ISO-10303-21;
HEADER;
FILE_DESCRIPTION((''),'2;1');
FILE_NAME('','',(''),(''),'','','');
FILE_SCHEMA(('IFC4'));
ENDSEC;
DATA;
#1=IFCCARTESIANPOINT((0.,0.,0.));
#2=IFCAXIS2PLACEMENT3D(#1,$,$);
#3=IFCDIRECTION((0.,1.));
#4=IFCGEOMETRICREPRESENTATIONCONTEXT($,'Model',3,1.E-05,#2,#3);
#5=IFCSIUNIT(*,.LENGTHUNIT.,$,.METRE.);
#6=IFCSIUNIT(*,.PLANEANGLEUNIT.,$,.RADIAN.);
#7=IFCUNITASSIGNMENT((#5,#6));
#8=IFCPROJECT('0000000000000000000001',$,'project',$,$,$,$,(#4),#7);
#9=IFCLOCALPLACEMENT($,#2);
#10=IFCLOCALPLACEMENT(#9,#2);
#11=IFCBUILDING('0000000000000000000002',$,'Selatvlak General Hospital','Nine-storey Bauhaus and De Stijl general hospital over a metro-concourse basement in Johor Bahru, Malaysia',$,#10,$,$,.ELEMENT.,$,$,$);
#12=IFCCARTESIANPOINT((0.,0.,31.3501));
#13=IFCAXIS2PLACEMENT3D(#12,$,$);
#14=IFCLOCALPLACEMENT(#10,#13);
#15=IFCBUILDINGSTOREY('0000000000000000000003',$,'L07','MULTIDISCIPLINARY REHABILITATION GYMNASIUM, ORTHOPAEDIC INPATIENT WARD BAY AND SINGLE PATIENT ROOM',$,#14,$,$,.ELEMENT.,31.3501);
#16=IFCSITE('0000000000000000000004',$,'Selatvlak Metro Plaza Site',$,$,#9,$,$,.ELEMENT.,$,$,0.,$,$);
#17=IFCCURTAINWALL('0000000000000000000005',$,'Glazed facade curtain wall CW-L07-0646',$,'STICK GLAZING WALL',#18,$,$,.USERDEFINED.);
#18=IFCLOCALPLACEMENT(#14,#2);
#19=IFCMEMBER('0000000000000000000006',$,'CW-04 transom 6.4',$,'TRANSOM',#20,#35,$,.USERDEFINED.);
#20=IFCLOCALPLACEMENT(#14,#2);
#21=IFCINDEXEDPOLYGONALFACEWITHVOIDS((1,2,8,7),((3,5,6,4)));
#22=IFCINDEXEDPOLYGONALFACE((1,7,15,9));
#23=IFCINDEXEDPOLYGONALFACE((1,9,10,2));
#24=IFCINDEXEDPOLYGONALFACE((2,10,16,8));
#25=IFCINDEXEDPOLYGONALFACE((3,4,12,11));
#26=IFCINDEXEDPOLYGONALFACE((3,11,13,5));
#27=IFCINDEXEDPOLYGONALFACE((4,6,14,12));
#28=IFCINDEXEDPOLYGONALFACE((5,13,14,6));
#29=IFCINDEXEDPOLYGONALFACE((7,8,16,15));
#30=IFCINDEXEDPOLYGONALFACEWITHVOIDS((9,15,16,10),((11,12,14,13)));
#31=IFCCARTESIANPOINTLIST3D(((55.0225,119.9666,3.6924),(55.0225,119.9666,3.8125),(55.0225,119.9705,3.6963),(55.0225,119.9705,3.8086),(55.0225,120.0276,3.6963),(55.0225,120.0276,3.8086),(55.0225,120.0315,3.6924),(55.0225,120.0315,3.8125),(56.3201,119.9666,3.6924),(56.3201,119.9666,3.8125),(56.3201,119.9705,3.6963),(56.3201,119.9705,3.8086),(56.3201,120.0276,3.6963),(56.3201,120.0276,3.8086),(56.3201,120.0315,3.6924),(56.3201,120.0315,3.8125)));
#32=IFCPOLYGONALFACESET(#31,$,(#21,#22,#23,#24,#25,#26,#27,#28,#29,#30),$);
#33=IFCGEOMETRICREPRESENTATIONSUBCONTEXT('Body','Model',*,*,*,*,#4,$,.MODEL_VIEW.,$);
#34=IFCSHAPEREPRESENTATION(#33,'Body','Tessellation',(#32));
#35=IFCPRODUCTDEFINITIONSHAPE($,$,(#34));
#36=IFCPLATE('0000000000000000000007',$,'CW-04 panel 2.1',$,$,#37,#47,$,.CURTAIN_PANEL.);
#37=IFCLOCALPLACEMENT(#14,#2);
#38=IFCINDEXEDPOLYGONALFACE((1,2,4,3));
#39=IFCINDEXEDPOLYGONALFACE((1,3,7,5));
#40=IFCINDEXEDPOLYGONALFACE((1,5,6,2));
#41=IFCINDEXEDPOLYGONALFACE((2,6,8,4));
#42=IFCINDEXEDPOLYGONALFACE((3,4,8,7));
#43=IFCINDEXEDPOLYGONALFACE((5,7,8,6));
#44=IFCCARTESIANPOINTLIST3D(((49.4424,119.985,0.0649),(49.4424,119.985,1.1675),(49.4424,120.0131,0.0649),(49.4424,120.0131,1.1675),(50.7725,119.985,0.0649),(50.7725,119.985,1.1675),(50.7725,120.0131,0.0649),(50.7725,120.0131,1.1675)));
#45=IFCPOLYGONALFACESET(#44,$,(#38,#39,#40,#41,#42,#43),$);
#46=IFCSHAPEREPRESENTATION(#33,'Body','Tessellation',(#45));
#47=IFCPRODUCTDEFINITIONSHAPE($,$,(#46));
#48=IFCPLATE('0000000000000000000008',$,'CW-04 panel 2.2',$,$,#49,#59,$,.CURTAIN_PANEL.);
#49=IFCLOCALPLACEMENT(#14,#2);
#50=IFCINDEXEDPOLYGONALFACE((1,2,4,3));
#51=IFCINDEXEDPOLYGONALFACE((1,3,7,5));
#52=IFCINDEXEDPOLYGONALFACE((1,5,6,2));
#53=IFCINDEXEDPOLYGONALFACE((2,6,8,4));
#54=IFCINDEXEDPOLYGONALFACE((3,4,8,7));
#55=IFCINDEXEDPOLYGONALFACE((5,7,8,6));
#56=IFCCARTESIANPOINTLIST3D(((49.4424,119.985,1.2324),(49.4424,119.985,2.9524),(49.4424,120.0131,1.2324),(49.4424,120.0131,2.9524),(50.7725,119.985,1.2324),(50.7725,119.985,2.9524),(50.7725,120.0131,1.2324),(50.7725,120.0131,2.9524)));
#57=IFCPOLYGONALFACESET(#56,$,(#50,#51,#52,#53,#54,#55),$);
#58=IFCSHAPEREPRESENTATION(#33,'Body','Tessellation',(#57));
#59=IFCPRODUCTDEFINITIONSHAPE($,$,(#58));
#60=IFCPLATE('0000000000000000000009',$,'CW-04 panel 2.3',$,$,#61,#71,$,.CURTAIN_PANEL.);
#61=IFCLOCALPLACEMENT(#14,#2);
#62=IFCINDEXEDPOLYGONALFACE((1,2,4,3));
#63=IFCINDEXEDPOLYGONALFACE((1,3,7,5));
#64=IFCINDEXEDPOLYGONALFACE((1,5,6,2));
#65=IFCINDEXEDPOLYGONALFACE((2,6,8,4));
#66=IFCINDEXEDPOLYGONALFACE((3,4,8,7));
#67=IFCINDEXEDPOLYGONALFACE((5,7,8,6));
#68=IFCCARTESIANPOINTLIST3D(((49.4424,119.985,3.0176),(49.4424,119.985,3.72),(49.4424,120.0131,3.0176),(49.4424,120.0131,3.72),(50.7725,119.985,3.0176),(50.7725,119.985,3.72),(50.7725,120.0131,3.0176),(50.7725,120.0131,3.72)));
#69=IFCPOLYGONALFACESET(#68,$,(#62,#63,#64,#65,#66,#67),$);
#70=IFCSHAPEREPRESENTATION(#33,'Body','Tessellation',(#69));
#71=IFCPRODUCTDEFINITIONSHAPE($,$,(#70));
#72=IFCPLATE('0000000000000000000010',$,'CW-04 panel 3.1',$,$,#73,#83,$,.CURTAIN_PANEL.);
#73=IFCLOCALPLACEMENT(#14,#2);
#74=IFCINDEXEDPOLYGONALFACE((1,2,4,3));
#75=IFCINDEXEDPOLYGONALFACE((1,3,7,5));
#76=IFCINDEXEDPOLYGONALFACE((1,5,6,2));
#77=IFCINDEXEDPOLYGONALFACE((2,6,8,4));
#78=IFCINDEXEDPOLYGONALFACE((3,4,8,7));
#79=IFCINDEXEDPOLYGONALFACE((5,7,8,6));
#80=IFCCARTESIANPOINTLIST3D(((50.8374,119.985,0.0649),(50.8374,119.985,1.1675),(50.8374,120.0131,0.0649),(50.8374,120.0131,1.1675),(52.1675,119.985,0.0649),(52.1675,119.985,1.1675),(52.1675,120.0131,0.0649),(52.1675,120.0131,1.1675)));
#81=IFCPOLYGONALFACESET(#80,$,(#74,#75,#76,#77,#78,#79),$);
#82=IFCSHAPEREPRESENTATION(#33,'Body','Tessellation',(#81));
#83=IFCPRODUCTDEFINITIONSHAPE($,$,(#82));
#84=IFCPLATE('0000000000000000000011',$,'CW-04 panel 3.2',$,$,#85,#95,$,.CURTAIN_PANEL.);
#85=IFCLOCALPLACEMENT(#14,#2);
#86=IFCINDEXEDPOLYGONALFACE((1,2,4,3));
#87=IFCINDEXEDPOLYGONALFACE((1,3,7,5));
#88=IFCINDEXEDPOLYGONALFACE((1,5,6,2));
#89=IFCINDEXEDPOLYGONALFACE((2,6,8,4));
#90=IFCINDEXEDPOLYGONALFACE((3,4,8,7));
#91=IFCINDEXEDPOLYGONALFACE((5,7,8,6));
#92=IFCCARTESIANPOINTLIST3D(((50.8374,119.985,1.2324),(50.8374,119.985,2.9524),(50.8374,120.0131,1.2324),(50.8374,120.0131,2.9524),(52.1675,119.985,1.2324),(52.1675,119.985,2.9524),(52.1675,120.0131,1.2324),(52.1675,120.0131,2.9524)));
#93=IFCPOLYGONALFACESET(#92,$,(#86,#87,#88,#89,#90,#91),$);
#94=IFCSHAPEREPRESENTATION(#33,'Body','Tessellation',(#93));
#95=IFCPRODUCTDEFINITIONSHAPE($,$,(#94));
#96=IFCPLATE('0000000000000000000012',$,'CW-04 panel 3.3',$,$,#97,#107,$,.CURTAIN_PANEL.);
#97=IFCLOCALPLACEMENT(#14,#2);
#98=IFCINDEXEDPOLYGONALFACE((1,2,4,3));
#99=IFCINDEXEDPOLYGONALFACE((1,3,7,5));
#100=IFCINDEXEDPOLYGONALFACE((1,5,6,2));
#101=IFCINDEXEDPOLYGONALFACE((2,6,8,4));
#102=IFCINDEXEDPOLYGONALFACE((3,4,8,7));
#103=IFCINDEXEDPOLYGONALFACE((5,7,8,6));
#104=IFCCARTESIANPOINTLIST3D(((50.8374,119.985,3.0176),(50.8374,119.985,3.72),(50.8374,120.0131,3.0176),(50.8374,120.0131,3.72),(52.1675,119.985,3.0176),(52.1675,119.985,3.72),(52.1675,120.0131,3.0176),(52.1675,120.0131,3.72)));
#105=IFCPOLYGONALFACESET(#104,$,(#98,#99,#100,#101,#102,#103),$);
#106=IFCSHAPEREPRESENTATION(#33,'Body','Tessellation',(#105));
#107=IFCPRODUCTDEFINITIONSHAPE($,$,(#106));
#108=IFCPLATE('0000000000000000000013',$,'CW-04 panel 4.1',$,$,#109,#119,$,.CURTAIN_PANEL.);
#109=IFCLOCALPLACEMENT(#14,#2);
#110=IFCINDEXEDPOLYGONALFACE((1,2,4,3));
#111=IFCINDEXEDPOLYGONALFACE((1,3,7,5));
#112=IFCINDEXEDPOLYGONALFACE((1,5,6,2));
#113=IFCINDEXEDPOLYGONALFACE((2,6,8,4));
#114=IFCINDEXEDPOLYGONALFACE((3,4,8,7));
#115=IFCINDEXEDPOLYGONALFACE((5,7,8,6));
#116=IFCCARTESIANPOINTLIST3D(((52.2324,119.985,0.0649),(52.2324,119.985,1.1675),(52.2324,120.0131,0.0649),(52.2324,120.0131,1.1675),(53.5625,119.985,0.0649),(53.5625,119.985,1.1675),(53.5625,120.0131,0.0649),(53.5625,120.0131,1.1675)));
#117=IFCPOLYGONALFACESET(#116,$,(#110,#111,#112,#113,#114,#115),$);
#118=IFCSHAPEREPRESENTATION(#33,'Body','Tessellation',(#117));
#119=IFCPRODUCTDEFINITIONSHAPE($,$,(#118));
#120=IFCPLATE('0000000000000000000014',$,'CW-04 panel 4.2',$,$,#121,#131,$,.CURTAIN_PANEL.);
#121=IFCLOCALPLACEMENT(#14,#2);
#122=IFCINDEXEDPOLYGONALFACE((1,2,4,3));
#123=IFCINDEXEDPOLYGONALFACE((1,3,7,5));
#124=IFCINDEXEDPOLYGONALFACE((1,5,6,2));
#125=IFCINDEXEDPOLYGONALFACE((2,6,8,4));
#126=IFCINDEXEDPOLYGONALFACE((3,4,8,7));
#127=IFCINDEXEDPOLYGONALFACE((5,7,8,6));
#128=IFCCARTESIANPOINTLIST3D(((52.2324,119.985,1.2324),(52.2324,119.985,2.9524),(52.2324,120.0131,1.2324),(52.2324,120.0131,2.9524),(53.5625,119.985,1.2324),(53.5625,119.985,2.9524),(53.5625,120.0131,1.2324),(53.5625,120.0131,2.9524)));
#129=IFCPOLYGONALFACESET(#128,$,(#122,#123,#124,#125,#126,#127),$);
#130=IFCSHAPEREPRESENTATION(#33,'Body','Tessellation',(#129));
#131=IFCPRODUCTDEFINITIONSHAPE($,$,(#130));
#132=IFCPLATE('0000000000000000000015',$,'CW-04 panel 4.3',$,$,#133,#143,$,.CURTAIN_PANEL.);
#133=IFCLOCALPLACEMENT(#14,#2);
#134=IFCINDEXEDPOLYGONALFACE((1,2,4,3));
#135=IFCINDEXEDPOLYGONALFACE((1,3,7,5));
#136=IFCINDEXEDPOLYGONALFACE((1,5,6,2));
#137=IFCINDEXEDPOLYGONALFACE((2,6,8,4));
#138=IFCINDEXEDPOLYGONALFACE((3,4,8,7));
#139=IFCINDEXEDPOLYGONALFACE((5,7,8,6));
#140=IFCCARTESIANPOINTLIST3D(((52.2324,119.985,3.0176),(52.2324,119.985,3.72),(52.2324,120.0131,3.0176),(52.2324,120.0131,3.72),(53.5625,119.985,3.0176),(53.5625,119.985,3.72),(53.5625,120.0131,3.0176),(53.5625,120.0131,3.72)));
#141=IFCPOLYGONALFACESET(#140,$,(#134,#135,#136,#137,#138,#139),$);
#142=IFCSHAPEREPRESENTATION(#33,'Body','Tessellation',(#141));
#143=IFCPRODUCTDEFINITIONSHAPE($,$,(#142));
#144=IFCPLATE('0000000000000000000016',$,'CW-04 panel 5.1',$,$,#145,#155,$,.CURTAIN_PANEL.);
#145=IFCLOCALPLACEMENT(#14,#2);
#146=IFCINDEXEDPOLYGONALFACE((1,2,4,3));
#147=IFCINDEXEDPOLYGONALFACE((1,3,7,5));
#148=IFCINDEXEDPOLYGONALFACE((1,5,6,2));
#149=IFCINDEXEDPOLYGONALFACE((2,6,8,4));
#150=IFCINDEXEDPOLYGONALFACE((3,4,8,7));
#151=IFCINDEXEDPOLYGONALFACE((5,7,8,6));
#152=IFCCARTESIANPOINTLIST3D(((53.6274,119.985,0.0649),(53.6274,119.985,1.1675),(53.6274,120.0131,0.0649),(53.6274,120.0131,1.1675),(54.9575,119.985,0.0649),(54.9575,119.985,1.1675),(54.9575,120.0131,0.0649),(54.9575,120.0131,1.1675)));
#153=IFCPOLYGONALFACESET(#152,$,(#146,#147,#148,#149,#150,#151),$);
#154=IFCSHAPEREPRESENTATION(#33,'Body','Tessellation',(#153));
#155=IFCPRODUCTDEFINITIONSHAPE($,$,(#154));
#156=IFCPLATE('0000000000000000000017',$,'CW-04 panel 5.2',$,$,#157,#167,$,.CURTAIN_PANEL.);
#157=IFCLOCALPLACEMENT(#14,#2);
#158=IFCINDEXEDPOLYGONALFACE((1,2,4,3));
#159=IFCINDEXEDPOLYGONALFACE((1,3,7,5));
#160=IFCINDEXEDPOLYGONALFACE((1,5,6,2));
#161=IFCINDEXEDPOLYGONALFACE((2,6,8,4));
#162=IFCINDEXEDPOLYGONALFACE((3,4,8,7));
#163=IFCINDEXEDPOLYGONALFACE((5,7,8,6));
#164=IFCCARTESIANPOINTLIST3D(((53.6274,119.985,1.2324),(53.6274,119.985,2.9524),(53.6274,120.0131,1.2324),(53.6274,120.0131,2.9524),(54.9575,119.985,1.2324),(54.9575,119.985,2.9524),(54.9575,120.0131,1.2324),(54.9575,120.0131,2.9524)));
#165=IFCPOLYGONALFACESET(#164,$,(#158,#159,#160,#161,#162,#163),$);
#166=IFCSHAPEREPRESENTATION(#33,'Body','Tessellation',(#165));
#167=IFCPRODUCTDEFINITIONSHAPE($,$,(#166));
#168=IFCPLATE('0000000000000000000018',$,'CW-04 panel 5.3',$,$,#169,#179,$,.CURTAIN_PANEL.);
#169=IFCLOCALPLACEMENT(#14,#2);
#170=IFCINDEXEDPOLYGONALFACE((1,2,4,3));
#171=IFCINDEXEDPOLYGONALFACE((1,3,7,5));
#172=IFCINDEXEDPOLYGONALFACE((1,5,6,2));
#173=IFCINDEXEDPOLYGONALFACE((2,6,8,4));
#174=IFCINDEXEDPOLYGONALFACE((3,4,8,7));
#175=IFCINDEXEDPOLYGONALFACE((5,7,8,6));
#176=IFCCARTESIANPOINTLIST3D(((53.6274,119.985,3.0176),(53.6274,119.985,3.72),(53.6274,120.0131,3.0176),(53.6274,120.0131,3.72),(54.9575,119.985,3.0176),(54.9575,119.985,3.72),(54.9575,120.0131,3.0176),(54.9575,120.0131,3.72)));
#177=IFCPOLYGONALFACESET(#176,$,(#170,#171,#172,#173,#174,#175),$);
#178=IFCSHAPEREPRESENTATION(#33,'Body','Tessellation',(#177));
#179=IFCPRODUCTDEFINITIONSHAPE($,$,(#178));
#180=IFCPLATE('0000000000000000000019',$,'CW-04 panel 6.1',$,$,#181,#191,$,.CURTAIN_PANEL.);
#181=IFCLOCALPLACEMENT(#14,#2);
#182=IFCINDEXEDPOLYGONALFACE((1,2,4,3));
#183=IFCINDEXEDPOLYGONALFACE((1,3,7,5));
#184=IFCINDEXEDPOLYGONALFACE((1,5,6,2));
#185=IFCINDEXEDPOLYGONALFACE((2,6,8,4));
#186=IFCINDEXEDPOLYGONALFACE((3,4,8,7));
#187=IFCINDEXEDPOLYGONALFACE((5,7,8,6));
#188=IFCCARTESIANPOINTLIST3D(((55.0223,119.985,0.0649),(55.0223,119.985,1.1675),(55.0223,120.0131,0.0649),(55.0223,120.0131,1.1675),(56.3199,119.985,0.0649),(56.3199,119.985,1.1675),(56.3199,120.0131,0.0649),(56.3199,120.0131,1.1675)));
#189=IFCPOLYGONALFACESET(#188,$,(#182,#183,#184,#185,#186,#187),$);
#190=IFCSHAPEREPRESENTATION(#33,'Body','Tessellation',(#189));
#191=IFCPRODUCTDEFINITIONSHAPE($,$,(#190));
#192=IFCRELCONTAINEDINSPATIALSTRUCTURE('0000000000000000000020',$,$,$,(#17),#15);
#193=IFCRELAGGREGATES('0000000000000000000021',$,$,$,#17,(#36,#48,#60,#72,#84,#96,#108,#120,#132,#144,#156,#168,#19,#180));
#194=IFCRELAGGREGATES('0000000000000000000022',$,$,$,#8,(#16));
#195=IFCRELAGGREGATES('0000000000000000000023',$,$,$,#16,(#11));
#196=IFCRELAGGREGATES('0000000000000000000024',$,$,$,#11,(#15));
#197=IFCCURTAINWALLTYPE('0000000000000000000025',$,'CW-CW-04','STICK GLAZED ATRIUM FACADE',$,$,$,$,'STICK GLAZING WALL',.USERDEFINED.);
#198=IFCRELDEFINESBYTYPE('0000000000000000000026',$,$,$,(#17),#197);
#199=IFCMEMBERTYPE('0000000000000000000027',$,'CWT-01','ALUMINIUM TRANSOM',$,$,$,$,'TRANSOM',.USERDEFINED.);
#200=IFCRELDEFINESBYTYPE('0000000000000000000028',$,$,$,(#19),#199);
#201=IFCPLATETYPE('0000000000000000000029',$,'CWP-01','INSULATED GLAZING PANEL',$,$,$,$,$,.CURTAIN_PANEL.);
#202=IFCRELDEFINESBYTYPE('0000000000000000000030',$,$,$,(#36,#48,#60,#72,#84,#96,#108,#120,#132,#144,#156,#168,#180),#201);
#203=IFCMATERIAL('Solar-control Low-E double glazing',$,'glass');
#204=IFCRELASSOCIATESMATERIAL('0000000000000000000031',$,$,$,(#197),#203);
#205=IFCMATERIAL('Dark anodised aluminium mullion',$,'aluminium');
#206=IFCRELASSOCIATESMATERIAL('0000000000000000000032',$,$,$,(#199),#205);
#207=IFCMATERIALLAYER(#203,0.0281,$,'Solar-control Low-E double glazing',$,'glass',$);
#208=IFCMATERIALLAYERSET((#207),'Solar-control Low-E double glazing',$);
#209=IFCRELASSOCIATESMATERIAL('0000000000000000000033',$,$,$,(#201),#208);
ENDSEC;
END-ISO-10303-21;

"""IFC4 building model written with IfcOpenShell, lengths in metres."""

from ifc_helpers import new_model, si_unit, direction, frame, origin, origin_2d, place, context, subcontext, project, spatial, rectangle, hollow_rectangle, extrude, material, layer, layer_set, material_profile, profile_set, type_object, element, aggregate, save


model = new_model("IFC4")

# Units and contexts
model_context = context("Model", 3, precision=1e-05, world=origin(), true_north=direction((0.0, 1.0)))
body_context = subcontext(model_context, "Body", "Model", "MODEL_VIEW")
ifc_project = project(units=[si_unit("LENGTHUNIT", "METRE"), si_unit("PLANEANGLEUNIT", "RADIAN")], contexts=[model_context])

# Site, building, storey
site_placement = place(None, origin())
site = spatial("IfcSite", under=ifc_project, at=site_placement, Name="Selatvlak Metro Plaza Site", CompositionType="ELEMENT", RefElevation=0.0)
building_placement = place(site_placement, origin())
building = spatial("IfcBuilding", under=site, at=building_placement, Name="Selatvlak General Hospital", Description="Nine-storey Bauhaus and De Stijl general hospital over a metro-concourse basement in Johor Bahru, Malaysia", CompositionType="ELEMENT")
storey_placement = place(building_placement, frame((0.0, 0.0, 31.3501)))
storey = spatial("IfcBuildingStorey", under=building, at=storey_placement, Name="L07", Description="MULTIDISCIPLINARY REHABILITATION GYMNASIUM, ORTHOPAEDIC INPATIENT WARD BAY AND SINGLE PATIENT ROOM", CompositionType="ELEMENT", Elevation=31.3501)

# Curtain wall, member, plates
ifc_material_1 = material(Name="Solar-control Low-E double glazing", Category="glass")
curtain_wall_type = type_object("IfcCurtainWallType", Name="CW-CW-04", Description="STICK GLAZED ATRIUM FACADE", ElementType="STICK GLAZING WALL", PredefinedType="USERDEFINED", material=ifc_material_1)
curtain_wall_placement = place(storey_placement, origin())
curtain_wall = element("IfcCurtainWall", 1, at=curtain_wall_placement, inside=storey, type_object=curtain_wall_type, Name="Glazed facade curtain wall CW-L07-0646", ObjectType="STICK GLAZING WALL", PredefinedType="USERDEFINED")
ifc_material_2 = material(Name="Dark anodised aluminium mullion", Category="aluminium")
ifc_material_profile_1 = material_profile(ifc_material_2, hollow_rectangle(XDim=0.0649, YDim=0.1201, WallThickness=0.0039, at=origin_2d()), Name="AL-TRN 65x120x4")
ifc_profile_set_1 = profile_set([ifc_material_profile_1], Name="Dark anodised aluminium mullion")
member_type_1 = type_object("IfcMemberType", Name="CWT-01", Description="ALUMINIUM TRANSOM", ElementType="TRANSOM", PredefinedType="USERDEFINED", material=ifc_profile_set_1)
member_1_placement = place(storey_placement, frame((55.0225, 119.999, 3.7524), z_axis=(1.0, 0.0, 0.0), x_axis=(0.0, 1.0, 0.0)))
member_1 = element("IfcMember", 2, at=member_1_placement, type_object=member_type_1, Name="CW-04 transom 6.4", ObjectType="TRANSOM", PredefinedType="USERDEFINED", context=body_context, shape_type="SweptSolid", body=[
    extrude(hollow_rectangle(XDim=0.0649, YDim=0.1201, WallThickness=0.0039, at=origin_2d()), origin(), (0.0, 0.0, 1.0), 1.2976),
])
ifc_layer_1 = layer(ifc_material_1, 0.0281, Name="Solar-control Low-E double glazing", Category="glass")
ifc_layer_set_1 = layer_set([ifc_layer_1], Name="Solar-control Low-E double glazing")
plate_type = type_object("IfcPlateType", Name="CWP-01", Description="INSULATED GLAZING PANEL", PredefinedType="CURTAIN_PANEL", material=ifc_layer_set_1)
plate_1_placement = place(storey_placement, frame((50.1074, 119.999, 0.0649), z_axis=(0.0, 0.0, 1.0), x_axis=(1.0, 0.0, 0.0)))
plate_1 = element("IfcPlate", 3, at=plate_1_placement, type_object=plate_type, Name="CW-04 panel 2.1", PredefinedType="CURTAIN_PANEL", context=body_context, shape_type="SweptSolid", body=[
    extrude(rectangle(XDim=1.3301, YDim=0.0281, at=origin_2d()), origin(), (0.0, 0.0, 1.0), 1.1025),
])
plate_2_placement = place(storey_placement, frame((50.1074, 119.999, 1.2324), z_axis=(0.0, 0.0, 1.0), x_axis=(1.0, 0.0, 0.0)))
plate_2 = element("IfcPlate", 4, at=plate_2_placement, type_object=plate_type, Name="CW-04 panel 2.2", PredefinedType="CURTAIN_PANEL", context=body_context, shape_type="SweptSolid", body=[
    extrude(rectangle(XDim=1.3301, YDim=0.0281, at=origin_2d()), origin(), (0.0, 0.0, 1.0), 1.72),
])
plate_3_placement = place(storey_placement, frame((50.1074, 119.999, 3.0176), z_axis=(0.0, 0.0, 1.0), x_axis=(1.0, 0.0, 0.0)))
plate_3 = element("IfcPlate", 5, at=plate_3_placement, type_object=plate_type, Name="CW-04 panel 2.3", PredefinedType="CURTAIN_PANEL", context=body_context, shape_type="SweptSolid", body=[
    extrude(rectangle(XDim=1.3301, YDim=0.0281, at=origin_2d()), origin(), (0.0, 0.0, 1.0), 0.7024),
])
plate_4_placement = place(storey_placement, frame((51.5024, 119.999, 0.0649), z_axis=(0.0, 0.0, 1.0), x_axis=(1.0, 0.0, 0.0)))
plate_4 = element("IfcPlate", 6, at=plate_4_placement, type_object=plate_type, Name="CW-04 panel 3.1", PredefinedType="CURTAIN_PANEL", context=body_context, shape_type="SweptSolid", body=[
    extrude(rectangle(XDim=1.3301, YDim=0.0281, at=origin_2d()), origin(), (0.0, 0.0, 1.0), 1.1025),
])
plate_5_placement = place(storey_placement, frame((51.5024, 119.999, 1.2324), z_axis=(0.0, 0.0, 1.0), x_axis=(1.0, 0.0, 0.0)))
plate_5 = element("IfcPlate", 7, at=plate_5_placement, type_object=plate_type, Name="CW-04 panel 3.2", PredefinedType="CURTAIN_PANEL", context=body_context, shape_type="SweptSolid", body=[
    extrude(rectangle(XDim=1.3301, YDim=0.0281, at=origin_2d()), origin(), (0.0, 0.0, 1.0), 1.72),
])
plate_6_placement = place(storey_placement, frame((51.5024, 119.999, 3.0176), z_axis=(0.0, 0.0, 1.0), x_axis=(1.0, 0.0, 0.0)))
plate_6 = element("IfcPlate", 8, at=plate_6_placement, type_object=plate_type, Name="CW-04 panel 3.3", PredefinedType="CURTAIN_PANEL", context=body_context, shape_type="SweptSolid", body=[
    extrude(rectangle(XDim=1.3301, YDim=0.0281, at=origin_2d()), origin(), (0.0, 0.0, 1.0), 0.7024),
])
plate_7_placement = place(storey_placement, frame((52.8975, 119.999, 0.0649), z_axis=(0.0, 0.0, 1.0), x_axis=(1.0, 0.0, 0.0)))
plate_7 = element("IfcPlate", 9, at=plate_7_placement, type_object=plate_type, Name="CW-04 panel 4.1", PredefinedType="CURTAIN_PANEL", context=body_context, shape_type="SweptSolid", body=[
    extrude(rectangle(XDim=1.3301, YDim=0.0281, at=origin_2d()), origin(), (0.0, 0.0, 1.0), 1.1025),
])
plate_8_placement = place(storey_placement, frame((52.8975, 119.999, 1.2324), z_axis=(0.0, 0.0, 1.0), x_axis=(1.0, 0.0, 0.0)))
plate_8 = element("IfcPlate", 10, at=plate_8_placement, type_object=plate_type, Name="CW-04 panel 4.2", PredefinedType="CURTAIN_PANEL", context=body_context, shape_type="SweptSolid", body=[
    extrude(rectangle(XDim=1.3301, YDim=0.0281, at=origin_2d()), origin(), (0.0, 0.0, 1.0), 1.72),
])
plate_9_placement = place(storey_placement, frame((52.8975, 119.999, 3.0176), z_axis=(0.0, 0.0, 1.0), x_axis=(1.0, 0.0, 0.0)))
plate_9 = element("IfcPlate", 11, at=plate_9_placement, type_object=plate_type, Name="CW-04 panel 4.3", PredefinedType="CURTAIN_PANEL", context=body_context, shape_type="SweptSolid", body=[
    extrude(rectangle(XDim=1.3301, YDim=0.0281, at=origin_2d()), origin(), (0.0, 0.0, 1.0), 0.7024),
])
plate_10_placement = place(storey_placement, frame((54.2925, 119.999, 0.0649), z_axis=(0.0, 0.0, 1.0), x_axis=(1.0, 0.0, 0.0)))
plate_10 = element("IfcPlate", 12, at=plate_10_placement, type_object=plate_type, Name="CW-04 panel 5.1", PredefinedType="CURTAIN_PANEL", context=body_context, shape_type="SweptSolid", body=[
    extrude(rectangle(XDim=1.3301, YDim=0.0281, at=origin_2d()), origin(), (0.0, 0.0, 1.0), 1.1025),
])
plate_11_placement = place(storey_placement, frame((54.2925, 119.999, 1.2324), z_axis=(0.0, 0.0, 1.0), x_axis=(1.0, 0.0, 0.0)))
plate_11 = element("IfcPlate", 13, at=plate_11_placement, type_object=plate_type, Name="CW-04 panel 5.2", PredefinedType="CURTAIN_PANEL", context=body_context, shape_type="SweptSolid", body=[
    extrude(rectangle(XDim=1.3301, YDim=0.0281, at=origin_2d()), origin(), (0.0, 0.0, 1.0), 1.72),
])
plate_12_placement = place(storey_placement, frame((54.2925, 119.999, 3.0176), z_axis=(0.0, 0.0, 1.0), x_axis=(1.0, 0.0, 0.0)))
plate_12 = element("IfcPlate", 14, at=plate_12_placement, type_object=plate_type, Name="CW-04 panel 5.3", PredefinedType="CURTAIN_PANEL", context=body_context, shape_type="SweptSolid", body=[
    extrude(rectangle(XDim=1.3301, YDim=0.0281, at=origin_2d()), origin(), (0.0, 0.0, 1.0), 0.7024),
])
plate_13_placement = place(storey_placement, frame((55.6711, 119.999, 0.0649), z_axis=(0.0, 0.0, 1.0), x_axis=(1.0, 0.0, 0.0)))
plate_13 = element("IfcPlate", 15, at=plate_13_placement, type_object=plate_type, Name="CW-04 panel 6.1", PredefinedType="CURTAIN_PANEL", context=body_context, shape_type="SweptSolid", body=[
    extrude(rectangle(XDim=1.2976, YDim=0.0281, at=origin_2d()), origin(), (0.0, 0.0, 1.0), 1.1025),
])
aggregate(curtain_wall, [plate_1, plate_2, plate_3, plate_4, plate_5, plate_6, plate_7, plate_8, plate_9, plate_10, plate_11, plate_12, member_1, plate_13])

save(model, "model.ifc")
